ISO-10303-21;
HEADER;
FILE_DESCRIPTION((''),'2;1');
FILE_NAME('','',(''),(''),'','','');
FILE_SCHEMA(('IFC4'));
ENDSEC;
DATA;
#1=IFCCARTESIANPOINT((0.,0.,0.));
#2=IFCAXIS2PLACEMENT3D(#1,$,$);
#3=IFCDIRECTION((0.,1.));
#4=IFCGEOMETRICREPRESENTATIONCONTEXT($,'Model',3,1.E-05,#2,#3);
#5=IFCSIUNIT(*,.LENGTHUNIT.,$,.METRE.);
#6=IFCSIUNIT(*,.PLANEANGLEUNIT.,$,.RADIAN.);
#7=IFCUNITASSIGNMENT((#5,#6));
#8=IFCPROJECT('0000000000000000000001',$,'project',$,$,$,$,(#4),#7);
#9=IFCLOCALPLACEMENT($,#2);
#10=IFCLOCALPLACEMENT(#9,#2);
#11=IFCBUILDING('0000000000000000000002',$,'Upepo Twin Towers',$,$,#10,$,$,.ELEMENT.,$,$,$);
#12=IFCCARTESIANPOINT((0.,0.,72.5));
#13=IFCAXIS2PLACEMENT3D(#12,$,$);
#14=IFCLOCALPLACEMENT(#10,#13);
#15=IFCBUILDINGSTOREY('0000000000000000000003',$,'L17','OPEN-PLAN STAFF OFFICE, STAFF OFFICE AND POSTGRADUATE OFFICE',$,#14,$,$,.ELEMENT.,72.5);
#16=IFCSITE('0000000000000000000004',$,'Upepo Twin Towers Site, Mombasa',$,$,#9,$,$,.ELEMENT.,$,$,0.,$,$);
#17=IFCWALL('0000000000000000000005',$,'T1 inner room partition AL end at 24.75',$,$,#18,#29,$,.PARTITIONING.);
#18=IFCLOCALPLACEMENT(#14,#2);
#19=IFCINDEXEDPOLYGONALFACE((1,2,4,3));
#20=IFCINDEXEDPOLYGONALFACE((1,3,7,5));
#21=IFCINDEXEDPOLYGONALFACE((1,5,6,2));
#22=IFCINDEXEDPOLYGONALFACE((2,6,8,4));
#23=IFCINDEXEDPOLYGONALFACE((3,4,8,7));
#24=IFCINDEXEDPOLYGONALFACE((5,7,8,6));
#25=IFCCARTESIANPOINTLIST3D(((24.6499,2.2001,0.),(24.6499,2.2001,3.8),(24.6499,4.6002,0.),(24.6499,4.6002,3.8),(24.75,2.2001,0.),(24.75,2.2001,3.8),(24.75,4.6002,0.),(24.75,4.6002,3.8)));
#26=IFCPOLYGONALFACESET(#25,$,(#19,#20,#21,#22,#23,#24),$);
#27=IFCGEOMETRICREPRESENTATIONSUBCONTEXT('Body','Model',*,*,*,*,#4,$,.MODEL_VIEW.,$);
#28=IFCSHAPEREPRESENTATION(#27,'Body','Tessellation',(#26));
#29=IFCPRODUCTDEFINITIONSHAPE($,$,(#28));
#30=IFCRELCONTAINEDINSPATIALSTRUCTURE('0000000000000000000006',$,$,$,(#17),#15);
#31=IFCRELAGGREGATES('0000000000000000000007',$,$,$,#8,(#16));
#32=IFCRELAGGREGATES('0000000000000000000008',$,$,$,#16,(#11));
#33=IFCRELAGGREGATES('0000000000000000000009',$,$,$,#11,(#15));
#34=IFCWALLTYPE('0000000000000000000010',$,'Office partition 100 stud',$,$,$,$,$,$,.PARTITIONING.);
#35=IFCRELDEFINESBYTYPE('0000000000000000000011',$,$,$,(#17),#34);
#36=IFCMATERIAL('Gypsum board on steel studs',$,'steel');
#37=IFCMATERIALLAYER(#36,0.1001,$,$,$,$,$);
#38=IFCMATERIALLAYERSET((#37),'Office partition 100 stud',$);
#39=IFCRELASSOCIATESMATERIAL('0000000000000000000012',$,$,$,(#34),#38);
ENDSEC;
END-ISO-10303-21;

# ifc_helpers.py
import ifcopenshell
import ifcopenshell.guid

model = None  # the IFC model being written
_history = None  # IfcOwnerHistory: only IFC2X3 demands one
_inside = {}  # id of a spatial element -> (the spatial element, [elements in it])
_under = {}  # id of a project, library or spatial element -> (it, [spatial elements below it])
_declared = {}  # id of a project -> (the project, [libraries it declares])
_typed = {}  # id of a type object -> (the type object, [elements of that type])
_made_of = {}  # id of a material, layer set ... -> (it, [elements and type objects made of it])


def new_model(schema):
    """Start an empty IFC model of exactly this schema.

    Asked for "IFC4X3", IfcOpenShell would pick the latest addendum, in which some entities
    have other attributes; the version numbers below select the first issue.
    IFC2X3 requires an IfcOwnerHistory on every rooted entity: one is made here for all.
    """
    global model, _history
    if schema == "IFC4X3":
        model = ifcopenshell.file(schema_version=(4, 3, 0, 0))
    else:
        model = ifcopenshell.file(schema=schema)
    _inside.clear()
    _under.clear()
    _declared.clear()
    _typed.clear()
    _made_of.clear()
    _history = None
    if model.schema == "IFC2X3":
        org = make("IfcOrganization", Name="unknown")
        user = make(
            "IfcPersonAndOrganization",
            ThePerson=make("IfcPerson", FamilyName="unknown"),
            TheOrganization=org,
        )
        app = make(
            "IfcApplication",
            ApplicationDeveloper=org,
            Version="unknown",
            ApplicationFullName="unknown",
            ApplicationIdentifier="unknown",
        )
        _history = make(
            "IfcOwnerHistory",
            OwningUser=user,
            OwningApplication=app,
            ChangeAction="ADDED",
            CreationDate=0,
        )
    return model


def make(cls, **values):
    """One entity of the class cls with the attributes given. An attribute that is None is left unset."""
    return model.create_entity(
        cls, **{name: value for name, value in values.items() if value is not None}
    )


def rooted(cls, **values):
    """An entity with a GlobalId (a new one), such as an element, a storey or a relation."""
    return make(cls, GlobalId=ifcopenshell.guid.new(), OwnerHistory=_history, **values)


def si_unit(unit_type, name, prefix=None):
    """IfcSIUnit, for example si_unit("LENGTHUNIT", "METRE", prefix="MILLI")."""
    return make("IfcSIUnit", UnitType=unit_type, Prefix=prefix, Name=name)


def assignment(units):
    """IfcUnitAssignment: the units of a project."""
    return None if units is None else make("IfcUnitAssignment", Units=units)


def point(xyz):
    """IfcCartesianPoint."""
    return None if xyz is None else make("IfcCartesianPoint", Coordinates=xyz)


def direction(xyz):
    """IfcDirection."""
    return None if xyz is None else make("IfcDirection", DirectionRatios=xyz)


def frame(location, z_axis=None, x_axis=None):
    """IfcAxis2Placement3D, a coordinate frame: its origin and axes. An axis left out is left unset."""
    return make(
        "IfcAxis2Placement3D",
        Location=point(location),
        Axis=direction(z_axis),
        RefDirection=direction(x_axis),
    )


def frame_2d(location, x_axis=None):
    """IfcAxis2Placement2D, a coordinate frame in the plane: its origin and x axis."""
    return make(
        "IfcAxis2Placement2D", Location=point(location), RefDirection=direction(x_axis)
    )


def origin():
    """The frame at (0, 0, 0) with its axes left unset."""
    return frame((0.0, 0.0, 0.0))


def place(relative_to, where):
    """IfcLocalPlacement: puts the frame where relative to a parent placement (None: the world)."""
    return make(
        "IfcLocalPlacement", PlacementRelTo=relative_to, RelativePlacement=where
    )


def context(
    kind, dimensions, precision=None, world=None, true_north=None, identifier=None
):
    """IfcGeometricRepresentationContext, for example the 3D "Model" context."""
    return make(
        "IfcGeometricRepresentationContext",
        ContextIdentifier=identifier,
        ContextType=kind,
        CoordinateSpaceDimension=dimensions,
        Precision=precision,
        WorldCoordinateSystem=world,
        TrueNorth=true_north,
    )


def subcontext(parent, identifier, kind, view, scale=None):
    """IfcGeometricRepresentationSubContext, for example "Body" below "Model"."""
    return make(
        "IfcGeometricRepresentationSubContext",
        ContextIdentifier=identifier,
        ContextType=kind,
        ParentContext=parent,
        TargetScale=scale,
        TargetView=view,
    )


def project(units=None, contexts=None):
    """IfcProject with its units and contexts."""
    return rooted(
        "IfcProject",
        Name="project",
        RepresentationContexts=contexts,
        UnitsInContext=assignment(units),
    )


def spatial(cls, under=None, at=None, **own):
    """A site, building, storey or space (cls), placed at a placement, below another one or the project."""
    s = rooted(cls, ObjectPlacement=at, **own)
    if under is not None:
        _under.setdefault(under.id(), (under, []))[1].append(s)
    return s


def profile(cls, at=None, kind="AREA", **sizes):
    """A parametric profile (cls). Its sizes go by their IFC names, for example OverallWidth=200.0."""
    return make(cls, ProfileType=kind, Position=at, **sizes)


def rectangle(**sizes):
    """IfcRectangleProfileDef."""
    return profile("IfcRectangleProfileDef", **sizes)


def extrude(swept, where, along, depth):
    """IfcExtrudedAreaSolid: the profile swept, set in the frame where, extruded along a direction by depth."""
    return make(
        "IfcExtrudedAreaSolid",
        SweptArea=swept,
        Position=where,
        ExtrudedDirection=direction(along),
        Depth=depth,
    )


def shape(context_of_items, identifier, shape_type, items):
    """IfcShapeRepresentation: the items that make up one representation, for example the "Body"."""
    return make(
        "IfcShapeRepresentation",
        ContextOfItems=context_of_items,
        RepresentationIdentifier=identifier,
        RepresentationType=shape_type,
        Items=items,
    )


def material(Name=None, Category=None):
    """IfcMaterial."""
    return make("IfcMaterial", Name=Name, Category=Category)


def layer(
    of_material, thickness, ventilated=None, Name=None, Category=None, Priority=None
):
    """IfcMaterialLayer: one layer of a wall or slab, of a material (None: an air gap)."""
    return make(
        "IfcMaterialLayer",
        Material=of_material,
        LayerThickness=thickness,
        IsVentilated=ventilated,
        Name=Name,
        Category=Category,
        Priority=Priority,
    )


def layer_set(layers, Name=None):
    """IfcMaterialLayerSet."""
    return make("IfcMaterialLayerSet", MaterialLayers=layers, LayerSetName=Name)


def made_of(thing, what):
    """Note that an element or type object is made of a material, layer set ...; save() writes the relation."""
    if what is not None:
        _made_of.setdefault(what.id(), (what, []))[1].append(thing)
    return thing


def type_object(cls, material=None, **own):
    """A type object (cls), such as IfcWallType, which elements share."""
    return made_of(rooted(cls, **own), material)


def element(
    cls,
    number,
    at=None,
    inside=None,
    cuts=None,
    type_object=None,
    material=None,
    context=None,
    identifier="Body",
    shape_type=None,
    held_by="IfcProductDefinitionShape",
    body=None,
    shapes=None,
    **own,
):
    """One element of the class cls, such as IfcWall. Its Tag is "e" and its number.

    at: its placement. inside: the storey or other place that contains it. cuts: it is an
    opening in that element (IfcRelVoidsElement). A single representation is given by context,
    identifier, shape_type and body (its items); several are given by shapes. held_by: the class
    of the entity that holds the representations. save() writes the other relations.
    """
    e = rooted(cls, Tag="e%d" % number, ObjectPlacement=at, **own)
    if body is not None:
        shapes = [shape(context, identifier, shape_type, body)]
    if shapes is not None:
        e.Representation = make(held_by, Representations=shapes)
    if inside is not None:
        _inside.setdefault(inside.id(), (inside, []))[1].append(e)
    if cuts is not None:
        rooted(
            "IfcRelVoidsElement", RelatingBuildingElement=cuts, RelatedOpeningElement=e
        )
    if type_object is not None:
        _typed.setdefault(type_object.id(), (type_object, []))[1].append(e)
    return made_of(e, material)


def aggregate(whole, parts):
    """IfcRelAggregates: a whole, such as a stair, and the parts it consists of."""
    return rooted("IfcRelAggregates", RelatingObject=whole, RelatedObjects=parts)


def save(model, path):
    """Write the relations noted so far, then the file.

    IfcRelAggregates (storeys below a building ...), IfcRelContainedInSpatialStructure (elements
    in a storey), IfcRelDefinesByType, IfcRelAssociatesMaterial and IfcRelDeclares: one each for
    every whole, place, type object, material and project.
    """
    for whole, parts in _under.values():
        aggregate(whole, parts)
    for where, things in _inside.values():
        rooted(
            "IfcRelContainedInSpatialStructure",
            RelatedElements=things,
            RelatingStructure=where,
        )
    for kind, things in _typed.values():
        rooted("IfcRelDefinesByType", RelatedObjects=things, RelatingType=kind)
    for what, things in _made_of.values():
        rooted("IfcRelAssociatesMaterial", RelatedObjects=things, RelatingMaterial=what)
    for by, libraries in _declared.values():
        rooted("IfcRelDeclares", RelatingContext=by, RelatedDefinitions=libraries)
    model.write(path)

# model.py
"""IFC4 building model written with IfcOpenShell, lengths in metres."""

from ifc_helpers import new_model, si_unit, direction, frame, frame_2d, origin, place, context, subcontext, project, spatial, rectangle, extrude, material, layer, layer_set, type_object, element, save


model = new_model("IFC4")

# Units and contexts
model_context = context("Model", 3, precision=1e-05, world=origin(), true_north=direction((0.0, 1.0)))
body_context = subcontext(model_context, "Body", "Model", "MODEL_VIEW")
ifc_project = project(units=[si_unit("LENGTHUNIT", "METRE"), si_unit("PLANEANGLEUNIT", "RADIAN")], contexts=[model_context])

# Site, building, storey
site_placement = place(None, origin())
site = spatial("IfcSite", under=ifc_project, at=site_placement, Name="Upepo Twin Towers Site, Mombasa", CompositionType="ELEMENT", RefElevation=0.0)
building_placement = place(site_placement, origin())
building = spatial("IfcBuilding", under=site, at=building_placement, Name="Upepo Twin Towers", CompositionType="ELEMENT")
storey_placement = place(building_placement, frame((0.0, 0.0, 72.5)))
storey = spatial("IfcBuildingStorey", under=building, at=storey_placement, Name="L17", Description="OPEN-PLAN STAFF OFFICE, STAFF OFFICE AND POSTGRADUATE OFFICE", CompositionType="ELEMENT", Elevation=72.5)

# Shared definitions
ifc_material_1 = material(Name="Gypsum board on steel studs", Category="steel")
ifc_layer_1 = layer(ifc_material_1, 0.1001)
ifc_layer_set_1 = layer_set([ifc_layer_1], Name="Office partition 100 stud")
wall_type_1 = type_object("IfcWallType", Name="Office partition 100 stud", PredefinedType="PARTITIONING", material=ifc_layer_set_1)

# Wall
wall_1_placement = place(storey_placement, frame((24.7, 2.2, 0.0), z_axis=(0.0, 0.0, 1.0), x_axis=(0.0, 1.0, 0.0)))
element("IfcWall", 1, at=wall_1_placement, inside=storey, type_object=wall_type_1, Name="T1 inner room partition AL end at 24.75", PredefinedType="PARTITIONING", context=body_context, shape_type="SweptSolid", body=[
    extrude(rectangle(XDim=2.4001, YDim=0.1001, at=frame_2d((1.2002, 0.0))), origin(), (0.0, 0.0, 1.0), 3.8),
])

save(model, "model.ifc")
